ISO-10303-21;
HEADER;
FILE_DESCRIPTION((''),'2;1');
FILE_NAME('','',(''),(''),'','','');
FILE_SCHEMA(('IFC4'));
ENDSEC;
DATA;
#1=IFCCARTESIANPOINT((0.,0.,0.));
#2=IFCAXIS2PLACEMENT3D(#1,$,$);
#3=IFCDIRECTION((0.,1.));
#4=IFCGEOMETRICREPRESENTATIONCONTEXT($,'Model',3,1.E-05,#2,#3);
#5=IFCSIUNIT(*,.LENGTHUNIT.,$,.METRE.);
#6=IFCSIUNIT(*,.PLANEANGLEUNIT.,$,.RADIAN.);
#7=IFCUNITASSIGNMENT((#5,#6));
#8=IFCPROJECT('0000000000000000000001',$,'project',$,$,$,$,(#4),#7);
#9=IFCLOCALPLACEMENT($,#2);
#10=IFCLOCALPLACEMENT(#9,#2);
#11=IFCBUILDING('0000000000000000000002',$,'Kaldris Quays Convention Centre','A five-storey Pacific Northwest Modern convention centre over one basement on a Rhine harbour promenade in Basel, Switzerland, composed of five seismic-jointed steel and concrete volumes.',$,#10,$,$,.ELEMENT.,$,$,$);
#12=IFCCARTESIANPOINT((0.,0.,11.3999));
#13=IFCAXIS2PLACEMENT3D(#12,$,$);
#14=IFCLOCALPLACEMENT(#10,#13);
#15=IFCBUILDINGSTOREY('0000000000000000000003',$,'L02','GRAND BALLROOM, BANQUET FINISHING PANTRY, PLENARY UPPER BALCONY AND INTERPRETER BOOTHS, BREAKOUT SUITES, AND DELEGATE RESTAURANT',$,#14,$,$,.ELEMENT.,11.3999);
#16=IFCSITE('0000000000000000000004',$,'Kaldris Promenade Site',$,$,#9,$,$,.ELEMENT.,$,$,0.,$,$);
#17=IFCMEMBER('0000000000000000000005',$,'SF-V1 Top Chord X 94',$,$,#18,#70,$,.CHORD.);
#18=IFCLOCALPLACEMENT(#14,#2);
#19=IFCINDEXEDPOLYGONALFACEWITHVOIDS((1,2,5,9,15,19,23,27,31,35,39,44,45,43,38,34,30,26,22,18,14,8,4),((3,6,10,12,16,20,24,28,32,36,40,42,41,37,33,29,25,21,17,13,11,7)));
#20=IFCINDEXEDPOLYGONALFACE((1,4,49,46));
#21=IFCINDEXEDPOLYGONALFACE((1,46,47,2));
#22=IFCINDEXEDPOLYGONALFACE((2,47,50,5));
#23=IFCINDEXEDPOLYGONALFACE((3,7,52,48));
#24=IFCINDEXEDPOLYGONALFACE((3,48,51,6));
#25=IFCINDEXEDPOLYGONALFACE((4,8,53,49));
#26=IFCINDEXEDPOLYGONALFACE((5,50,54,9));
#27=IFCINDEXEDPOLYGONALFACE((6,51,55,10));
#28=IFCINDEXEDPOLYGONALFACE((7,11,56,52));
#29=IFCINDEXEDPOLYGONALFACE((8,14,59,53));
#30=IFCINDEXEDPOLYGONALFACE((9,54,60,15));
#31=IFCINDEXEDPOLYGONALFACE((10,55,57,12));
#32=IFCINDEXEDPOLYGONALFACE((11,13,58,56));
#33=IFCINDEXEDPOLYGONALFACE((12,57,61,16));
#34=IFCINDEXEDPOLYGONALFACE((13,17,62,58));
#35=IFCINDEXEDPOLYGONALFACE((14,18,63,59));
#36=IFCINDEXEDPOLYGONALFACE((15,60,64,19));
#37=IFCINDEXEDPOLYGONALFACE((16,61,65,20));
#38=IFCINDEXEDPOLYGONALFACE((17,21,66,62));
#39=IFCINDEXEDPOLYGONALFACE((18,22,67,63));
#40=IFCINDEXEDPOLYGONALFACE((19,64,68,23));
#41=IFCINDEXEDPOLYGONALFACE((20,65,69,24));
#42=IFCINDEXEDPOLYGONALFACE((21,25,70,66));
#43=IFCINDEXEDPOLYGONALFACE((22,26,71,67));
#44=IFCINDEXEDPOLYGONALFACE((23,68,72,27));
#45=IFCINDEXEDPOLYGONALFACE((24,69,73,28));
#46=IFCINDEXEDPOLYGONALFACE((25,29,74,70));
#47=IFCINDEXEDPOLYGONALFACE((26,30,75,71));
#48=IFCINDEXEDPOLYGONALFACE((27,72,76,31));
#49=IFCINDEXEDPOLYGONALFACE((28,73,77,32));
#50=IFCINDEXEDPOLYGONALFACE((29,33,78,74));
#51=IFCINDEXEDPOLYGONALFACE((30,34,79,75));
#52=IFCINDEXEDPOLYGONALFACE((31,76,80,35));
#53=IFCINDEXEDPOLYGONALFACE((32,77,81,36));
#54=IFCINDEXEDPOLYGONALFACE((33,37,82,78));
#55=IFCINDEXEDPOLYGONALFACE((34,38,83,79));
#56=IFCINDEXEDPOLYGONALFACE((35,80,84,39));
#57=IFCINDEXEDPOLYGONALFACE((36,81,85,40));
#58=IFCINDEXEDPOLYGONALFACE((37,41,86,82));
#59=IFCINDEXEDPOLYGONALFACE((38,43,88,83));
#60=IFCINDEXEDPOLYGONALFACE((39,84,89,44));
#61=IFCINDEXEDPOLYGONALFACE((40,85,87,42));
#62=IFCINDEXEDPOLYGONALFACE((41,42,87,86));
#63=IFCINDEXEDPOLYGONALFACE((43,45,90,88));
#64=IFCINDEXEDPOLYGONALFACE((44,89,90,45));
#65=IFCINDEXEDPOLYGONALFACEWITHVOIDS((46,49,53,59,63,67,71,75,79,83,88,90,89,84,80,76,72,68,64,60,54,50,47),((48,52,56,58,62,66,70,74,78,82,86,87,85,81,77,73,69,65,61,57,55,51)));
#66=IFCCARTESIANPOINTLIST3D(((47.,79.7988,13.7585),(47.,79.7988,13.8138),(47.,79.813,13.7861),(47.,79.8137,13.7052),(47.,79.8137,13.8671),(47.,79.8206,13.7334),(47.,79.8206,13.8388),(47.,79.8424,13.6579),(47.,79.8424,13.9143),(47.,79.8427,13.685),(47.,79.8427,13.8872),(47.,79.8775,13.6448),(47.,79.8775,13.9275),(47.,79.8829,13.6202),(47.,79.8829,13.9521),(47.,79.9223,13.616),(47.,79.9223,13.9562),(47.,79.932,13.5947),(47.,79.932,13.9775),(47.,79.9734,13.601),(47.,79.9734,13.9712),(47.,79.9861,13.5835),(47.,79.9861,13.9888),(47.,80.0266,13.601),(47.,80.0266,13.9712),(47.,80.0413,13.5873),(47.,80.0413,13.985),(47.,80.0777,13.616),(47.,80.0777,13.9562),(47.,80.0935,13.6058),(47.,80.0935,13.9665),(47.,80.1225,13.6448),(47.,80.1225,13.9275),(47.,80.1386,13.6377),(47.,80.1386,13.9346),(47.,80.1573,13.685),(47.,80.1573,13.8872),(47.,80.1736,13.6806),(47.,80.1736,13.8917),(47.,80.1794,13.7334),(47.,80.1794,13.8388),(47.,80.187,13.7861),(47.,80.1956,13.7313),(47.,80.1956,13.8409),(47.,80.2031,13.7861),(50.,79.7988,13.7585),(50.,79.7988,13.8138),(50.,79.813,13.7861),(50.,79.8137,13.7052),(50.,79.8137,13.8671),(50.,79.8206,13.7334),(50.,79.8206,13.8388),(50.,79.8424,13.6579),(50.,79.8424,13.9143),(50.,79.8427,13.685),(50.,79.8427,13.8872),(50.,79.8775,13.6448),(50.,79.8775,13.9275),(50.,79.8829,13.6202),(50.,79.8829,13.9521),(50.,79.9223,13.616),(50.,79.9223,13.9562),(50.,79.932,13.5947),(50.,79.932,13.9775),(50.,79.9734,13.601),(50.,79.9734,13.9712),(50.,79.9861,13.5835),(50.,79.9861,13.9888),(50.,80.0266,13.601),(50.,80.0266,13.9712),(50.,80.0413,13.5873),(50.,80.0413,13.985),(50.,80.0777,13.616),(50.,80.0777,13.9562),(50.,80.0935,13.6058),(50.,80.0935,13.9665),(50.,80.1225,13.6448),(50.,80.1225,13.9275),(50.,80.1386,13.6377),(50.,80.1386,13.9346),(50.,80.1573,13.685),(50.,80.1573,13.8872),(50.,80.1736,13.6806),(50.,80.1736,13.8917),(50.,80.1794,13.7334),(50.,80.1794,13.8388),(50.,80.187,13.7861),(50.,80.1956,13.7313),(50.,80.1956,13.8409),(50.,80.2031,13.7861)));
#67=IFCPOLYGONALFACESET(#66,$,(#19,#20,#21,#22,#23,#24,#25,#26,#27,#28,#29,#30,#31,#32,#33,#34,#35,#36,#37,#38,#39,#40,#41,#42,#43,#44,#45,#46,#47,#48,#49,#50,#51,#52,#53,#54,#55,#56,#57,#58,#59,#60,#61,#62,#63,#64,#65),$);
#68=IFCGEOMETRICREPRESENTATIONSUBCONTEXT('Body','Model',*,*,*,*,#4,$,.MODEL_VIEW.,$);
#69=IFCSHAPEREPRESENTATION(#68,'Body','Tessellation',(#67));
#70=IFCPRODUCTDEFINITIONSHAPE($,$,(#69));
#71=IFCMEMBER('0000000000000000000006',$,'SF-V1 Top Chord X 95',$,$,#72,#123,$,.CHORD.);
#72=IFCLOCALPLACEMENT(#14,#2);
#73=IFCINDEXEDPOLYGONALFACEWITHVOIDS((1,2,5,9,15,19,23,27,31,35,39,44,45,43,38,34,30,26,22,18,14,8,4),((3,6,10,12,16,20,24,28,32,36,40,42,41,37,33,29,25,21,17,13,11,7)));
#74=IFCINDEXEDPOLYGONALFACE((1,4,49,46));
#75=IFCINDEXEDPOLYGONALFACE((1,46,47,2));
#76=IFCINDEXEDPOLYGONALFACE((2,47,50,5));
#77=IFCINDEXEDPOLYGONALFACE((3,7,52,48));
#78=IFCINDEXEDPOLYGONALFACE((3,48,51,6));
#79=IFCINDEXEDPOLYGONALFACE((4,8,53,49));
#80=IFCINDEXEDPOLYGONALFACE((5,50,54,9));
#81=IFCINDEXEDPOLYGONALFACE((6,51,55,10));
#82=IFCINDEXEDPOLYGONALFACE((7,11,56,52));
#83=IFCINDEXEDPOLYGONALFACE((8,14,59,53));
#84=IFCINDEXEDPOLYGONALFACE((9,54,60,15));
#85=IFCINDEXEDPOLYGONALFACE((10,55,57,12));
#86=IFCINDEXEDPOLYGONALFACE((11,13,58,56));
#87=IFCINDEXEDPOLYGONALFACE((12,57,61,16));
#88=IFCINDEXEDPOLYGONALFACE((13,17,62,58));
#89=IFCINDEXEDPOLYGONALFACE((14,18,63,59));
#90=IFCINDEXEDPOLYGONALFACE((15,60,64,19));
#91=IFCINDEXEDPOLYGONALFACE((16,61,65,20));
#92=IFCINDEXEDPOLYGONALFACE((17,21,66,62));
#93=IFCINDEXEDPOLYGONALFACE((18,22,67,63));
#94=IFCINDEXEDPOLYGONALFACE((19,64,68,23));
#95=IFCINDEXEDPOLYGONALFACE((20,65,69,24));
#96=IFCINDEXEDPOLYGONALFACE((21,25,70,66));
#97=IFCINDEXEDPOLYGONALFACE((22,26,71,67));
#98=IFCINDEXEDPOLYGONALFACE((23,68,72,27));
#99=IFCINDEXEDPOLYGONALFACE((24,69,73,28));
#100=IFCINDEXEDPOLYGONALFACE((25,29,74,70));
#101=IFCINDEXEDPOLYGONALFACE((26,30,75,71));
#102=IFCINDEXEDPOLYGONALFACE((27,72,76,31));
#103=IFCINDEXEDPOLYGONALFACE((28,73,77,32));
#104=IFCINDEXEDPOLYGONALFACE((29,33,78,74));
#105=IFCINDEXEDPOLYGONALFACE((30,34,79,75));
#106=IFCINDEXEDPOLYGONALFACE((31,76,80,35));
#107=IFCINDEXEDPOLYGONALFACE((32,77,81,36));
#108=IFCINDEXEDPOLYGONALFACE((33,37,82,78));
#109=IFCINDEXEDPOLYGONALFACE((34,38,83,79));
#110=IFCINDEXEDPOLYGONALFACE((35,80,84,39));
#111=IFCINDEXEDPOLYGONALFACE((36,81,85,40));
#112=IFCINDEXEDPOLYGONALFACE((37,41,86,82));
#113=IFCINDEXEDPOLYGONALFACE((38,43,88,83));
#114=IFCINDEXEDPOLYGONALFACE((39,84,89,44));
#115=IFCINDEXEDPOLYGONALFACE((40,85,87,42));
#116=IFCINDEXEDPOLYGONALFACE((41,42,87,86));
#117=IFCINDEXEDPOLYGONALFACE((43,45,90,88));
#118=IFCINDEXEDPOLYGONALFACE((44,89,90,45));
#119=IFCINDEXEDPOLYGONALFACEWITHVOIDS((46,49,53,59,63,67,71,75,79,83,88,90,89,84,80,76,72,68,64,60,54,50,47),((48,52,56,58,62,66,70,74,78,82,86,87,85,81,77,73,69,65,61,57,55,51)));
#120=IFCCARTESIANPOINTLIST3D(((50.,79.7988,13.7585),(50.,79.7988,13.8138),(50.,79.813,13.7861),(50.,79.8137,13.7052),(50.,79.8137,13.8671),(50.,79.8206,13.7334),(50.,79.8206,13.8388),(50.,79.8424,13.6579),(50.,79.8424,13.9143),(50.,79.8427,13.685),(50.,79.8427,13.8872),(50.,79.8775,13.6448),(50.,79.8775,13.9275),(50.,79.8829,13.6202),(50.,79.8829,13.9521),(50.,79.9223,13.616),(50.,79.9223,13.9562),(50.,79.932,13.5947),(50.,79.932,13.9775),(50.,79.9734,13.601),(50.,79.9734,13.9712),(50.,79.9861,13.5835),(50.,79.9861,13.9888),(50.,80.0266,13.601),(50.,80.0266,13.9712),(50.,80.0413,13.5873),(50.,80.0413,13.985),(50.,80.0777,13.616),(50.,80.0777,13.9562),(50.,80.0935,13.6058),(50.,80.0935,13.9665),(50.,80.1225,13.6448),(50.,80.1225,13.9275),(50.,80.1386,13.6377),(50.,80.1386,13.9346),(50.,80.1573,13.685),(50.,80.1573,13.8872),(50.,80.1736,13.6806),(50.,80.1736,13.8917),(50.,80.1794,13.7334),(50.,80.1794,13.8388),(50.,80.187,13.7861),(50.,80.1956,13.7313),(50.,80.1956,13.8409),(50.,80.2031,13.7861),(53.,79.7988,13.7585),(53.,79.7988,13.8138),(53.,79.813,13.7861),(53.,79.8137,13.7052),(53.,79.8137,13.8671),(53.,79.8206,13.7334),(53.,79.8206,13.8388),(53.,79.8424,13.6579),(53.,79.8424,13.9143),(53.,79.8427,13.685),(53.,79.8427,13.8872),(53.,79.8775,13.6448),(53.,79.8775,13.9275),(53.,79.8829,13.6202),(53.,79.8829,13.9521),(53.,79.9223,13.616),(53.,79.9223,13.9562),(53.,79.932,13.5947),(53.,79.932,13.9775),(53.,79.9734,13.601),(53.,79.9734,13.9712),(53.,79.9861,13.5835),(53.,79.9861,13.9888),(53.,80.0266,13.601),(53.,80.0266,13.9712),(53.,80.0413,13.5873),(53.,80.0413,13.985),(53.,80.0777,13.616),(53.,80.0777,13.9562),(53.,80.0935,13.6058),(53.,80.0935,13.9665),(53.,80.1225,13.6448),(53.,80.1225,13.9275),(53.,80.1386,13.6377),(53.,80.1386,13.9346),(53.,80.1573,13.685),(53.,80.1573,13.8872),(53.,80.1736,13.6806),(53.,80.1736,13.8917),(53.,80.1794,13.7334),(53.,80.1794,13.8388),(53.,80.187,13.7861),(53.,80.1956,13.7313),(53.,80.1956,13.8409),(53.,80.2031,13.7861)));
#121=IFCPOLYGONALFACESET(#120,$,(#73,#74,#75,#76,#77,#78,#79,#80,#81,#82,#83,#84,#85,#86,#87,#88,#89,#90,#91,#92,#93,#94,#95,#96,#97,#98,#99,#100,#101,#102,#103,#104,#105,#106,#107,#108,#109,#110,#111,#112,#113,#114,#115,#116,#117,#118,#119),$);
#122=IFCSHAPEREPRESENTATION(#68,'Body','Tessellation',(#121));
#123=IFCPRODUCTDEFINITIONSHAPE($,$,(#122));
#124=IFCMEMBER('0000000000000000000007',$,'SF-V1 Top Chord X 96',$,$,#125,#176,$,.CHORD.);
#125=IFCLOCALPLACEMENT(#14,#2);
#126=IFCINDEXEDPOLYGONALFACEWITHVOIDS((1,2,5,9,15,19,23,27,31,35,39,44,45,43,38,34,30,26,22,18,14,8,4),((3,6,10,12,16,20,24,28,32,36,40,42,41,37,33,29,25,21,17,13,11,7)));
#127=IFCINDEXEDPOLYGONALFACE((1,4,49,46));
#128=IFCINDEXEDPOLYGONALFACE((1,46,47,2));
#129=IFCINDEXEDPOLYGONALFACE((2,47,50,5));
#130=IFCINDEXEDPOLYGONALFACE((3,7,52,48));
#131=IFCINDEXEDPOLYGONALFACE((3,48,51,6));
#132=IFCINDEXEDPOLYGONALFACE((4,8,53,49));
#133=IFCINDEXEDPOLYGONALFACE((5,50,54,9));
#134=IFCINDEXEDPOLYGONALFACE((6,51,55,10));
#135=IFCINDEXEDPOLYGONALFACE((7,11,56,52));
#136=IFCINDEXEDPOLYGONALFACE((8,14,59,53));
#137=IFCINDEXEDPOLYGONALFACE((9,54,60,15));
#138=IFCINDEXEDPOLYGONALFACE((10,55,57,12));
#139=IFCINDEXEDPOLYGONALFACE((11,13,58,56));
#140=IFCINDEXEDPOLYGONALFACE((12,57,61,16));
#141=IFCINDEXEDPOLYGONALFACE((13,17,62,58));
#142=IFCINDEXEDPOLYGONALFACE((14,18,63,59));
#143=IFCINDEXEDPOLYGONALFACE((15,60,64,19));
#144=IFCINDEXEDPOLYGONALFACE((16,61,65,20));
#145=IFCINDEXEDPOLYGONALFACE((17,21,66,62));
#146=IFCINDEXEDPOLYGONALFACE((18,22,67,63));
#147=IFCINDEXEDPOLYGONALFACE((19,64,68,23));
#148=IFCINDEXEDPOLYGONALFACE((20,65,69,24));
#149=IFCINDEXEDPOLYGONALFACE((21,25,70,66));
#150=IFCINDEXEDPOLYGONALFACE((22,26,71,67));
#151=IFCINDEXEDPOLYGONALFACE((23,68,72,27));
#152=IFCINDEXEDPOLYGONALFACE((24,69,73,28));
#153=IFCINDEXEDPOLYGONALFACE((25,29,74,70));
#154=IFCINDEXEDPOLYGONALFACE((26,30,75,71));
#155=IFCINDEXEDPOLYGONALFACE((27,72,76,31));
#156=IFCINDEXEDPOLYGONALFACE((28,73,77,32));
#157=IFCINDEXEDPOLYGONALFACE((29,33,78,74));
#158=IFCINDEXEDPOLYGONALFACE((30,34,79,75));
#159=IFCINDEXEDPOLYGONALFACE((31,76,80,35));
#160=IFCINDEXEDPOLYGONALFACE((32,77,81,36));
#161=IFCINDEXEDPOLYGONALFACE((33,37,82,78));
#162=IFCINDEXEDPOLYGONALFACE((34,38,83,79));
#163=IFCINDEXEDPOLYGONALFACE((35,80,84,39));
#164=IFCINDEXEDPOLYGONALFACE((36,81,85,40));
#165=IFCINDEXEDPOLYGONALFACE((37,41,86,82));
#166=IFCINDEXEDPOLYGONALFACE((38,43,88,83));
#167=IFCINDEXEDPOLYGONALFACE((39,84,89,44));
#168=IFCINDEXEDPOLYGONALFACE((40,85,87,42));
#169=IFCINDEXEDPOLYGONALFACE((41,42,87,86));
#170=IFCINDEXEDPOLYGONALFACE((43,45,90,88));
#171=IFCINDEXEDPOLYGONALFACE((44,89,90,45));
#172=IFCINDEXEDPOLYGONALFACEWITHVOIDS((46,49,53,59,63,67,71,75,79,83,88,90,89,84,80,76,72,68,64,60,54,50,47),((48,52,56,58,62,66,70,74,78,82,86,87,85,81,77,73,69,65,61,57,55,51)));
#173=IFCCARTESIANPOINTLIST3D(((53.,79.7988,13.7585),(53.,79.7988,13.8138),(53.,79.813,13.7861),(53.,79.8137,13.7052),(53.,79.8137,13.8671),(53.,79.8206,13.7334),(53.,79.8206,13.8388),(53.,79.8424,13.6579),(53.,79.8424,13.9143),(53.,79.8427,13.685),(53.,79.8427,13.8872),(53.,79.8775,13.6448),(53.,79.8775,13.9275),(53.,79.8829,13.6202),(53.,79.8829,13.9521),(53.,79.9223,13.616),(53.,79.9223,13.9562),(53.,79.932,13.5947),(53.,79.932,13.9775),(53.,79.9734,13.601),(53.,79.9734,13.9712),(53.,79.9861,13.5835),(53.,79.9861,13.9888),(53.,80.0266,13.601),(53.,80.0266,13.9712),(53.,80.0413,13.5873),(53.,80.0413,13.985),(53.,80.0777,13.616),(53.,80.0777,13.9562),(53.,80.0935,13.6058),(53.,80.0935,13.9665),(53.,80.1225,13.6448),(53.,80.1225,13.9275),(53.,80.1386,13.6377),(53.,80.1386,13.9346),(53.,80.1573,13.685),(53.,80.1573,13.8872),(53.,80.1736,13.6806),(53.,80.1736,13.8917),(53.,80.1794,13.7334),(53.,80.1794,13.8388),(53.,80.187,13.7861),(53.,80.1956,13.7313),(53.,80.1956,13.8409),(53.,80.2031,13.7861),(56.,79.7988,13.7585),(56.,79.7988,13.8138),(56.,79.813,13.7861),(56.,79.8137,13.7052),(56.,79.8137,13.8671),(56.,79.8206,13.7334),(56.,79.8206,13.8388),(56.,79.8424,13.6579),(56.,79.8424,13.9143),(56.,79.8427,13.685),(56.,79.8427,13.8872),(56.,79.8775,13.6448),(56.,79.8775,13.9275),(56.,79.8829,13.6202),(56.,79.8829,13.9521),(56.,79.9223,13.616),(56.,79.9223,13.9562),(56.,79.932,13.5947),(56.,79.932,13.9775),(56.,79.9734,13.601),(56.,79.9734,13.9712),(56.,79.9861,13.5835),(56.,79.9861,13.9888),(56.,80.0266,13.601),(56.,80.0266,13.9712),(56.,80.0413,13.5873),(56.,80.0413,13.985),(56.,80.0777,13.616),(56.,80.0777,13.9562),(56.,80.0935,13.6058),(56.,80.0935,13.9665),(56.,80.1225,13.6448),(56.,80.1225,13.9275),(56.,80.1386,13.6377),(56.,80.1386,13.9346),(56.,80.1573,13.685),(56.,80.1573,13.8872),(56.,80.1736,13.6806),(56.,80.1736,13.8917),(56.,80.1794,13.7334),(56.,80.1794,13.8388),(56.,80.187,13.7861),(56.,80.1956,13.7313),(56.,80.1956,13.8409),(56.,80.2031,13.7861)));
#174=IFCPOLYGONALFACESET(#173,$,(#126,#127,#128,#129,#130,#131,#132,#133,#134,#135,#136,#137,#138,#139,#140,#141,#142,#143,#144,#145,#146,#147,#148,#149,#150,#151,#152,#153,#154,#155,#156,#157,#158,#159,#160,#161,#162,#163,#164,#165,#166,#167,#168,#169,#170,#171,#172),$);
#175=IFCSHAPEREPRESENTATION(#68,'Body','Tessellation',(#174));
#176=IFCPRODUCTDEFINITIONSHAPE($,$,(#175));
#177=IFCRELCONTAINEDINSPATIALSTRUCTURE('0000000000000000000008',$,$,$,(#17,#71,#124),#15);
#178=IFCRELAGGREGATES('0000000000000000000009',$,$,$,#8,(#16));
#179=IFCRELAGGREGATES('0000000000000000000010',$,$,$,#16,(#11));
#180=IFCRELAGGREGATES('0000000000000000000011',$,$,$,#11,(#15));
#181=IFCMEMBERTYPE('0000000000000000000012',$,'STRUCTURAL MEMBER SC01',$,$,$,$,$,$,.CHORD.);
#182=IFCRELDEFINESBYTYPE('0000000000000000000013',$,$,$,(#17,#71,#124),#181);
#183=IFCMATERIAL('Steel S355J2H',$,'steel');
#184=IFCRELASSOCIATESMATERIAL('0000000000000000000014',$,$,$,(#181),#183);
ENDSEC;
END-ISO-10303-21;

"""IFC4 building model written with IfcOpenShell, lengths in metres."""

from ifc_helpers import new_model, si_unit, direction, frame, origin, origin_2d, place, context, subcontext, project, spatial, hollow_circle, extrude, material, material_profile, profile_set, type_object, element, save


model = new_model("IFC4")

# Units and contexts
model_context = context("Model", 3, precision=1e-05, world=origin(), true_north=direction((0.0, 1.0)))
body_context = subcontext(model_context, "Body", "Model", "MODEL_VIEW")
ifc_project = project(units=[si_unit("LENGTHUNIT", "METRE"), si_unit("PLANEANGLEUNIT", "RADIAN")], contexts=[model_context])

# Site, building, storey
site_placement = place(None, origin())
site = spatial("IfcSite", under=ifc_project, at=site_placement, Name="Kaldris Promenade Site", CompositionType="ELEMENT", RefElevation=0.0)
building_placement = place(site_placement, origin())
building = spatial("IfcBuilding", under=site, at=building_placement, Name="Kaldris Quays Convention Centre", Description="A five-storey Pacific Northwest Modern convention centre over one basement on a Rhine harbour promenade in Basel, Switzerland, composed of five seismic-jointed steel and concrete volumes.", CompositionType="ELEMENT")
storey_placement = place(building_placement, frame((0.0, 0.0, 11.3999)))
storey = spatial("IfcBuildingStorey", under=building, at=storey_placement, Name="L02", Description="GRAND BALLROOM, BANQUET FINISHING PANTRY, PLENARY UPPER BALCONY AND INTERPRETER BOOTHS, BREAKOUT SUITES, AND DELEGATE RESTAURANT", CompositionType="ELEMENT", Elevation=11.3999)

# Members
ifc_material_1 = material(Name="Steel S355J2H", Category="steel")
ifc_material_profile_1 = material_profile(ifc_material_1, hollow_circle(Radius=0.2031, WallThickness=0.0161, at=origin_2d()), Name="CHS 406.4x16")
ifc_profile_set_1 = profile_set([ifc_material_profile_1], Name="Steel S355J2H")
member_type_1 = type_object("IfcMemberType", Name="STRUCTURAL MEMBER SC01", PredefinedType="CHORD", material=ifc_profile_set_1)
for number, where, z_axis, x_axis, name in (
    (1, (47.0, 80.0, 13.7861), (1.0, 0.0, 0.0), (0.0, 1.0, 0.0), "SF-V1 Top Chord X 94"),
    (2, (50.0, 80.0, 13.7861), (1.0, 0.0, 0.0), (0.0, 1.0, 0.0), "SF-V1 Top Chord X 95"),
    (3, (53.0, 80.0, 13.7861), (1.0, 0.0, 0.0), (0.0, 1.0, 0.0), "SF-V1 Top Chord X 96"),
):
    element("IfcMember", number, at=place(storey_placement, frame(where, z_axis=z_axis, x_axis=x_axis)), inside=storey, type_object=member_type_1, Name=name, PredefinedType="CHORD", context=body_context, shape_type="SweptSolid", body=[
        extrude(hollow_circle(Radius=0.2031, WallThickness=0.0161, at=origin_2d()), origin(), (0.0, 0.0, 1.0), 3.0),
    ])

save(model, "model.ifc")
